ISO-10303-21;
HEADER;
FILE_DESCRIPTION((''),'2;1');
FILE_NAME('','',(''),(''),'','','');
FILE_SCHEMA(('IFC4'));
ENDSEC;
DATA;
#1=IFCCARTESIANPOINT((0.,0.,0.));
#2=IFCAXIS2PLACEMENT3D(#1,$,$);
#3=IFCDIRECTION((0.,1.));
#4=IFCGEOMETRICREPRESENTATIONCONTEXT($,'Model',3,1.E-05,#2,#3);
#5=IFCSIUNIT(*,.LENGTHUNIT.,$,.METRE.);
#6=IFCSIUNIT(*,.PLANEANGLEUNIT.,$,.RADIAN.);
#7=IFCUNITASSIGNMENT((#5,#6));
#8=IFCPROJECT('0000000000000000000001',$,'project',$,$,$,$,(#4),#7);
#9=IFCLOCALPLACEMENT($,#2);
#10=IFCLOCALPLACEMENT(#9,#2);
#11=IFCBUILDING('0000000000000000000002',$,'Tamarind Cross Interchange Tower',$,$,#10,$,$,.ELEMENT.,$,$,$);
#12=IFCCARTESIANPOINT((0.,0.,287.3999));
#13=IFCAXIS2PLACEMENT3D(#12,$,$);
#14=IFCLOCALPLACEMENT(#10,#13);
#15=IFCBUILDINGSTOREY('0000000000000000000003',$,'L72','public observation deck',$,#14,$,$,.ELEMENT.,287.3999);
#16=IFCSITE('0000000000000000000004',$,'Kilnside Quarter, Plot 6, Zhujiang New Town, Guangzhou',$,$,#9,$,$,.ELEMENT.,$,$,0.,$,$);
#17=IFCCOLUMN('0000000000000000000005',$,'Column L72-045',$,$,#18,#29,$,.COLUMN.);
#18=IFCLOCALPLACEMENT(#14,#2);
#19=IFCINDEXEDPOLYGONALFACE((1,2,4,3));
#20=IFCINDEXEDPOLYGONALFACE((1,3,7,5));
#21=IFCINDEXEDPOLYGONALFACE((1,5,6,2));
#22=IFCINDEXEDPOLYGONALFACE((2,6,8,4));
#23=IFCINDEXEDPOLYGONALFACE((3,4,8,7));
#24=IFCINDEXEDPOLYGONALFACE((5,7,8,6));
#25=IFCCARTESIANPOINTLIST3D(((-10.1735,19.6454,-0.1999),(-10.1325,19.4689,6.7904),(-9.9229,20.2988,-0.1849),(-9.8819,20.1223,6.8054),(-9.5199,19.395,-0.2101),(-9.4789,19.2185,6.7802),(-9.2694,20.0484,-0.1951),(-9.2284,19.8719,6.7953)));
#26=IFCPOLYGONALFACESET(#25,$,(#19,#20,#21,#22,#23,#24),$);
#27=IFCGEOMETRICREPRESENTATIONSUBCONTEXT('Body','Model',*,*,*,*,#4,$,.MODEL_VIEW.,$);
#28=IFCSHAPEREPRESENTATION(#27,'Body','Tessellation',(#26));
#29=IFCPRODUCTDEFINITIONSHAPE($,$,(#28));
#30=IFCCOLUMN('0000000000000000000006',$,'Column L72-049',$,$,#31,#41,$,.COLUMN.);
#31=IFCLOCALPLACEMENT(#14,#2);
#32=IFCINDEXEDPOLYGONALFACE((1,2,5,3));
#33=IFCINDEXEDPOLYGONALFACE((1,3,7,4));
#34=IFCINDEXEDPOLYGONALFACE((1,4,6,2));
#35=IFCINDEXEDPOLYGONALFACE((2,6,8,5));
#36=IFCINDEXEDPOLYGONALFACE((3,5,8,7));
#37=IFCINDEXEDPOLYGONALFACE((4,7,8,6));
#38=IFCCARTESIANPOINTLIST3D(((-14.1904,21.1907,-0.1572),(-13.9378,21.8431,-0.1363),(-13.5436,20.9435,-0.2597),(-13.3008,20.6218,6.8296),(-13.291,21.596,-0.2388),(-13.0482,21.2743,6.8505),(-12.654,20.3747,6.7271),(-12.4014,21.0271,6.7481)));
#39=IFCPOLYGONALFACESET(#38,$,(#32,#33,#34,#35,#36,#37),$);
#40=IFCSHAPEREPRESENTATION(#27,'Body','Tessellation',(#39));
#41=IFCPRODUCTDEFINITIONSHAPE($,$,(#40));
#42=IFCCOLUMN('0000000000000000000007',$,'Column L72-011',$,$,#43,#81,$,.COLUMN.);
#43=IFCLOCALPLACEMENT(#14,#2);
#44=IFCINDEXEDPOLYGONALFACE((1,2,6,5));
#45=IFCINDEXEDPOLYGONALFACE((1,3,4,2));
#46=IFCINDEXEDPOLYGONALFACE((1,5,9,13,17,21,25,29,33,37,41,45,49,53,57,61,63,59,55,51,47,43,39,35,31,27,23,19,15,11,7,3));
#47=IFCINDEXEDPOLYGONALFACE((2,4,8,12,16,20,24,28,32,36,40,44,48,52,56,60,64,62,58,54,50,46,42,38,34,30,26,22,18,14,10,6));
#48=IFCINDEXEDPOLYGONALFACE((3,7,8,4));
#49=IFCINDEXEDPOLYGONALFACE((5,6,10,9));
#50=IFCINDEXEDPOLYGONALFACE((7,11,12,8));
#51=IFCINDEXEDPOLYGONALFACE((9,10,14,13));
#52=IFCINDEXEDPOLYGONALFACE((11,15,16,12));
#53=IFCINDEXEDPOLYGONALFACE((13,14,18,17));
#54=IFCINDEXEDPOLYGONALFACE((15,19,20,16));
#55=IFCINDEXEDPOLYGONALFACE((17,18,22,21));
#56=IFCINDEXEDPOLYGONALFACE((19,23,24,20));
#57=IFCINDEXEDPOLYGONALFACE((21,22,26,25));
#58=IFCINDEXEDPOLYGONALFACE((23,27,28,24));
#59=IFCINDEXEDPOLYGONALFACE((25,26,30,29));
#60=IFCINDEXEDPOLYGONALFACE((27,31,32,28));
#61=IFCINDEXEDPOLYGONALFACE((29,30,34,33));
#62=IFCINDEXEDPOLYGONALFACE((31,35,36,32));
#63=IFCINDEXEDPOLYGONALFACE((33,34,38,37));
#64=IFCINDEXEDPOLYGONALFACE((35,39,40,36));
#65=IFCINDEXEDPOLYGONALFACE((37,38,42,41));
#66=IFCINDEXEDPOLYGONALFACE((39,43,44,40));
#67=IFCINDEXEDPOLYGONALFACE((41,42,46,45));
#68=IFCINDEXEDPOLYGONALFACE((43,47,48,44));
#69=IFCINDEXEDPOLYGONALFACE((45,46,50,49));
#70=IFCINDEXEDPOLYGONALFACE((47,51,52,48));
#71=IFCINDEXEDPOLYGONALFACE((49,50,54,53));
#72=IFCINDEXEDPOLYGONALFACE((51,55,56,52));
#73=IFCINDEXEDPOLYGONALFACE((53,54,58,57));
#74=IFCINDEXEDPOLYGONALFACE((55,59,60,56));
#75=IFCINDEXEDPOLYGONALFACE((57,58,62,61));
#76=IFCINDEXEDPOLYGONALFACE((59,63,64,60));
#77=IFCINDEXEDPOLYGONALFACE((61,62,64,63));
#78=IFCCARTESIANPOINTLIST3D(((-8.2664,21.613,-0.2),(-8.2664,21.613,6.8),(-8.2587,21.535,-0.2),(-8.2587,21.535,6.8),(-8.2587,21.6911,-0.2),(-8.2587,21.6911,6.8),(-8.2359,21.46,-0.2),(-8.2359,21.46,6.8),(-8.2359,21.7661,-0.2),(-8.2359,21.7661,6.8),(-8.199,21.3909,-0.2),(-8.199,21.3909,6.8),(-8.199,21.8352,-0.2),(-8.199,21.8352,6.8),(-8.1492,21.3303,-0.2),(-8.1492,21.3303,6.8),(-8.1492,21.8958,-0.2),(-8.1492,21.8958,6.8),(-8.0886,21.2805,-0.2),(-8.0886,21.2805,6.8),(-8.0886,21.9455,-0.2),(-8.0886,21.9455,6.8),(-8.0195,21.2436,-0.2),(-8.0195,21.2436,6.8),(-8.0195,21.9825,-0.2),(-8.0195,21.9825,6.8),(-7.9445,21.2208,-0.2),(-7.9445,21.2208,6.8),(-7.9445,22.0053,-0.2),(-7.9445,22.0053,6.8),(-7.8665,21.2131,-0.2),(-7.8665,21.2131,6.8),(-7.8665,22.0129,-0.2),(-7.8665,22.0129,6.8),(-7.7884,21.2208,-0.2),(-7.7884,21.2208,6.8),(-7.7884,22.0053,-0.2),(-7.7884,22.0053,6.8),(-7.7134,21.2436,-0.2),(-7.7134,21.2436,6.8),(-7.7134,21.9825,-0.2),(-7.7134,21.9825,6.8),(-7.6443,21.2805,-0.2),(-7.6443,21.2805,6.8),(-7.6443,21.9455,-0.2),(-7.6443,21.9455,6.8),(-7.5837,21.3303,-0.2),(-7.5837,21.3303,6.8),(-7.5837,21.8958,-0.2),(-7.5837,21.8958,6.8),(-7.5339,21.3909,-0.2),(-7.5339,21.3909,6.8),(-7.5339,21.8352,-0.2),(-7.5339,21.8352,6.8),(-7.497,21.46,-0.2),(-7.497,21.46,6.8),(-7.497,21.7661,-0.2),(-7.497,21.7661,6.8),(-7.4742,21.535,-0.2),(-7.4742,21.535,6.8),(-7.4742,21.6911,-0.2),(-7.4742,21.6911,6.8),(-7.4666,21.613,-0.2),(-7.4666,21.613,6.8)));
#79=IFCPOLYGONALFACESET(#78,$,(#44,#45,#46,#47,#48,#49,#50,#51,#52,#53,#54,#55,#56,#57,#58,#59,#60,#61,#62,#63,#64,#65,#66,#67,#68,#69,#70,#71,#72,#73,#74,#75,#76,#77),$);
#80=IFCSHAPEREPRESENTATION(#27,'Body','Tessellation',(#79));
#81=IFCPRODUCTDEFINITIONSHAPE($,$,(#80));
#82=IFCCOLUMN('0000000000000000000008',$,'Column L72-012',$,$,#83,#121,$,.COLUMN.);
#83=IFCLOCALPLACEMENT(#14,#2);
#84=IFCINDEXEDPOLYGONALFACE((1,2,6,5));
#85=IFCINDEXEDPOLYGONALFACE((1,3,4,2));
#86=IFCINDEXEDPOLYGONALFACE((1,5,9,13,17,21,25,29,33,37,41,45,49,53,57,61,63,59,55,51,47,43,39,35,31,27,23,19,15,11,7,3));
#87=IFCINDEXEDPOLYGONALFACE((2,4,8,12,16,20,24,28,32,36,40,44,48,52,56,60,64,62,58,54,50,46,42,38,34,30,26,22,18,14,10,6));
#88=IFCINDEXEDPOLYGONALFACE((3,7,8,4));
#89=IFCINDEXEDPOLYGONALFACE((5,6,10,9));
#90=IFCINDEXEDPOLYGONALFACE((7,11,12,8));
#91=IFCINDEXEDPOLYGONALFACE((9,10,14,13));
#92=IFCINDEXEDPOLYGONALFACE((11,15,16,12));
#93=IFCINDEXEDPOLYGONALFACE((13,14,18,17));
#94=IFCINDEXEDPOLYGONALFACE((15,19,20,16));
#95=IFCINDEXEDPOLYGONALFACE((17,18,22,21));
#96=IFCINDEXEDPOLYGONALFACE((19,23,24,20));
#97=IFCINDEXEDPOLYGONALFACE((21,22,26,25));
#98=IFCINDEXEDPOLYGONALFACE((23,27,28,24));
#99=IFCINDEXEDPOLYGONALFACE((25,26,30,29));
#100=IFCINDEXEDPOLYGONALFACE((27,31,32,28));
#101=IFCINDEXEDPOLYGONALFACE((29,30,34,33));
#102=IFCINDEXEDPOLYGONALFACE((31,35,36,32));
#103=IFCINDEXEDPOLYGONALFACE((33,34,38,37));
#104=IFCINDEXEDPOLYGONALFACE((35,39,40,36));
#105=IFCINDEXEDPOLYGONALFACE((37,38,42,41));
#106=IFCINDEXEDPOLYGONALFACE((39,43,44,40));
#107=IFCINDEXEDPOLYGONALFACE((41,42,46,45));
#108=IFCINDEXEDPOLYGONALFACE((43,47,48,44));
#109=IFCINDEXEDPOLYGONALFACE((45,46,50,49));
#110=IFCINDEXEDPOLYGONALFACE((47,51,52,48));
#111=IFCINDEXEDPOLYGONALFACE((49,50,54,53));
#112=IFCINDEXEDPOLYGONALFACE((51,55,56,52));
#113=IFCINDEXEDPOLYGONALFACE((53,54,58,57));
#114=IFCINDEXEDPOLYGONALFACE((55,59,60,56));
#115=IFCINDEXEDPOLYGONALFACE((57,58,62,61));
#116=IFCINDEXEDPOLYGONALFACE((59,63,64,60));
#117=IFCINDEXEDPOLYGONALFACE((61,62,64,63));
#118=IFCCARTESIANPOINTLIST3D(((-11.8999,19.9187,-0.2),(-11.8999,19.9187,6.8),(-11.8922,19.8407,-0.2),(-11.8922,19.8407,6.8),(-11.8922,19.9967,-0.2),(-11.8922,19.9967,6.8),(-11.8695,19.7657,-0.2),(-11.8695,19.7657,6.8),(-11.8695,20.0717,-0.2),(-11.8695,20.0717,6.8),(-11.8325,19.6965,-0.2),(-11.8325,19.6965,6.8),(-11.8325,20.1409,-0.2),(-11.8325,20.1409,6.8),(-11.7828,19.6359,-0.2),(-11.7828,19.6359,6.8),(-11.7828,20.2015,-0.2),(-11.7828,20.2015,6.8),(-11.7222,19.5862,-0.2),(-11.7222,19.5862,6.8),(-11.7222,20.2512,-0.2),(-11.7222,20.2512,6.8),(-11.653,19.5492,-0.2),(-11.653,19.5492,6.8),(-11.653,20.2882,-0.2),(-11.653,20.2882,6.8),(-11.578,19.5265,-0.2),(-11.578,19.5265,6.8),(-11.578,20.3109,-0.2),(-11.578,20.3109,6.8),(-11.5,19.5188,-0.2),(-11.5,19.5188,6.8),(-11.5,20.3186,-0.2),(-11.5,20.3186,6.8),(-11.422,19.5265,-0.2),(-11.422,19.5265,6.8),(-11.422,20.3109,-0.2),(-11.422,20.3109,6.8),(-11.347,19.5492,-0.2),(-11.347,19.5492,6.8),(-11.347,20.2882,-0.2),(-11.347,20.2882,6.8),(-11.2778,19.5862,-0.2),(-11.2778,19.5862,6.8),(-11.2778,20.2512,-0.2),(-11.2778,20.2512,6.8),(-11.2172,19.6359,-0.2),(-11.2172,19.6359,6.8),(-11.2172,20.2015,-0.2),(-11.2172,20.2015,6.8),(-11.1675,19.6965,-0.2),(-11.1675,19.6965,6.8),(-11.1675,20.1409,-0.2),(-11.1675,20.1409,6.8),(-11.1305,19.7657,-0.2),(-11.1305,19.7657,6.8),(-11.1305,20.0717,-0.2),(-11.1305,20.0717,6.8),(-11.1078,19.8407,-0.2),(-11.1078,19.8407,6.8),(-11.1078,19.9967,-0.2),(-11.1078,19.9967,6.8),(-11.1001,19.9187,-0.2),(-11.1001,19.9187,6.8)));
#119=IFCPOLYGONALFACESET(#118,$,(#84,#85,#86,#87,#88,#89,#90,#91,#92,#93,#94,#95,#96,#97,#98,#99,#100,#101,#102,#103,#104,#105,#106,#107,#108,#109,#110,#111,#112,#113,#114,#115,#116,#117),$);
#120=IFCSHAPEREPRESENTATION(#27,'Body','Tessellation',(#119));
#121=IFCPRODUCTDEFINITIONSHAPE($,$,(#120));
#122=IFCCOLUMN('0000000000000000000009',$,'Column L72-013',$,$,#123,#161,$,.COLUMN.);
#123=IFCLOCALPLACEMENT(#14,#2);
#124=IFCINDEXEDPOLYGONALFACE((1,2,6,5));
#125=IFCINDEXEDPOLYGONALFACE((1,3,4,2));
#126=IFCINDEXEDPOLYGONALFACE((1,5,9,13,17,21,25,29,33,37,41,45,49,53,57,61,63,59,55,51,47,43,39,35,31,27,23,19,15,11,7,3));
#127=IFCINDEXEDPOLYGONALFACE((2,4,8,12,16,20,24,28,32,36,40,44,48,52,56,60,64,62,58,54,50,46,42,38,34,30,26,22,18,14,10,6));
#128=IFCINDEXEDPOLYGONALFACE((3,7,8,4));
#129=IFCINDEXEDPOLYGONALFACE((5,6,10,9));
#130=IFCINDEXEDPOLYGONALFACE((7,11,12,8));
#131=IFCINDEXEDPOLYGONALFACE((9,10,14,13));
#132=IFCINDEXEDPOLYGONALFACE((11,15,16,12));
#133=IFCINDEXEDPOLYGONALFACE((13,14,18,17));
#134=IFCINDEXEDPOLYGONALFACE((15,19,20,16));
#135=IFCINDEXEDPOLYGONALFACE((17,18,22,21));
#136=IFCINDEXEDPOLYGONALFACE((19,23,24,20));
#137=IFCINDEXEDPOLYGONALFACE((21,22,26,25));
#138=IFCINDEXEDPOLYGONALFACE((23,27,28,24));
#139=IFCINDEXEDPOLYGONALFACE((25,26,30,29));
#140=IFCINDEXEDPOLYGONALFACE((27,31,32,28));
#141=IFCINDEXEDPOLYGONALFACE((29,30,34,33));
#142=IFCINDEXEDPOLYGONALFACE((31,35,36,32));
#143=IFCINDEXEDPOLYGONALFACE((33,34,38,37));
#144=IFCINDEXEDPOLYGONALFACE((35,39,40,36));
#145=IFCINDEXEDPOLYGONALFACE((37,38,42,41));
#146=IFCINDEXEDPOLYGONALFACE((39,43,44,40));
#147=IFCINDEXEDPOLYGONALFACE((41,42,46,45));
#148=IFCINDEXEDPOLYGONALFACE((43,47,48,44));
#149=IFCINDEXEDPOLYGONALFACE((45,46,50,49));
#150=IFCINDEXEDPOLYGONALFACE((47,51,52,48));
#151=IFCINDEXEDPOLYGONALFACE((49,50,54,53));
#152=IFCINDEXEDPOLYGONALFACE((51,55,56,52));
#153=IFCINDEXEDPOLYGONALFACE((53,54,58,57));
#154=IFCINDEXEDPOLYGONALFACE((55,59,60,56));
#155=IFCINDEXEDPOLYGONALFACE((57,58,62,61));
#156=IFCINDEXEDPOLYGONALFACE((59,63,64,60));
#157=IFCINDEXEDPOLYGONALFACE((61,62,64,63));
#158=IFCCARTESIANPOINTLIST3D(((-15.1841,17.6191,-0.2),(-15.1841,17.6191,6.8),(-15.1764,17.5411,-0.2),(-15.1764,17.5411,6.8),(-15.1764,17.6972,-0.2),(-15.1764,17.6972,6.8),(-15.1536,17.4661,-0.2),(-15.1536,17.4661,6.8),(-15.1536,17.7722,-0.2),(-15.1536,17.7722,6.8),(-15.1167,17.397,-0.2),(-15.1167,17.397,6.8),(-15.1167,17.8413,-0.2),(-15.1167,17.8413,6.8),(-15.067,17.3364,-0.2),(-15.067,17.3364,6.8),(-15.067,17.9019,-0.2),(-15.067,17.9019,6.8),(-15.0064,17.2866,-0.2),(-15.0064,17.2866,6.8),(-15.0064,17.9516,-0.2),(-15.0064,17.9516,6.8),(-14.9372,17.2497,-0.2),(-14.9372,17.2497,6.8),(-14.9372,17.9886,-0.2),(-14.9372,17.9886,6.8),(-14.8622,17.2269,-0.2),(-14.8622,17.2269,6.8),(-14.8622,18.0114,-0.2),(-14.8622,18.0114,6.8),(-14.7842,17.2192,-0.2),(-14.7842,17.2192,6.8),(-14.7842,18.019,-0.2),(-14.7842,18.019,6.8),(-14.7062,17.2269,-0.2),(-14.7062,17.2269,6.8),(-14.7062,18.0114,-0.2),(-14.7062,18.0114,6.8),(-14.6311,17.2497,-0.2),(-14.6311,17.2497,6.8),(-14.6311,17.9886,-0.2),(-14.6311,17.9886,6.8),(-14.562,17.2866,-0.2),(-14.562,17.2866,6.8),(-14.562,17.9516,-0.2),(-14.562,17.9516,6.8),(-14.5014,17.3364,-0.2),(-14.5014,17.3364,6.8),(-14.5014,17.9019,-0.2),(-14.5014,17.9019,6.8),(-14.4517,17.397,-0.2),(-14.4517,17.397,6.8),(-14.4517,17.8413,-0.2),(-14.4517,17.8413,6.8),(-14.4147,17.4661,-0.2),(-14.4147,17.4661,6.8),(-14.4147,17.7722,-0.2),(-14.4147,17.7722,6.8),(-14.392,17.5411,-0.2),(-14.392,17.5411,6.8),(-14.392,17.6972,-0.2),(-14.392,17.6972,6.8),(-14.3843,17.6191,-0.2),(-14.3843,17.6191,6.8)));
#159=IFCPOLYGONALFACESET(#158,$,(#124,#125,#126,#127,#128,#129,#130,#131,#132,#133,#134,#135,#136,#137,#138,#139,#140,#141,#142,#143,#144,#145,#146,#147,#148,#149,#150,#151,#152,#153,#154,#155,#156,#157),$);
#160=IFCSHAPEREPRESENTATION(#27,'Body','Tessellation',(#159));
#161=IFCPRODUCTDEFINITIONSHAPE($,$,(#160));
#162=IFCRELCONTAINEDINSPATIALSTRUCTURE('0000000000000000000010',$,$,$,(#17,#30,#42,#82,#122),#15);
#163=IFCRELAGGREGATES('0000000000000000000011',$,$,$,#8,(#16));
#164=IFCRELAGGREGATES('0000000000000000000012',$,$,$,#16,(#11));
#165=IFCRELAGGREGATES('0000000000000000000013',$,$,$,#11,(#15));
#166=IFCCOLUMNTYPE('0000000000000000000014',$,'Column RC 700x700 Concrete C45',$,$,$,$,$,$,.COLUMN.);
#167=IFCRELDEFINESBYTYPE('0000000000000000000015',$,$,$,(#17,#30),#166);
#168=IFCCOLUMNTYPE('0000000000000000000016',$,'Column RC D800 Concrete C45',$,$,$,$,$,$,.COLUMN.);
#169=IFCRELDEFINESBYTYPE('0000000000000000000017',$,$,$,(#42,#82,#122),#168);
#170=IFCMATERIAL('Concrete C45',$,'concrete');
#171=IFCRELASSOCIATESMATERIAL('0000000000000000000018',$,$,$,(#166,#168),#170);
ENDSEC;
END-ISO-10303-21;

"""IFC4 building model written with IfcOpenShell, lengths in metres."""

from ifc_helpers import new_model, si_unit, direction, frame, origin, origin_2d, place, context, subcontext, project, spatial, rectangle, circle, extrude, material, material_profile, profile_set, type_object, element, save


model = new_model("IFC4")

# Units and contexts
model_context = context("Model", 3, precision=1e-05, world=origin(), true_north=direction((0.0, 1.0)))
body_context = subcontext(model_context, "Body", "Model", "MODEL_VIEW")
ifc_project = project(units=[si_unit("LENGTHUNIT", "METRE"), si_unit("PLANEANGLEUNIT", "RADIAN")], contexts=[model_context])

# Site, building, storey
site_placement = place(None, origin())
site = spatial("IfcSite", under=ifc_project, at=site_placement, Name="Kilnside Quarter, Plot 6, Zhujiang New Town, Guangzhou", CompositionType="ELEMENT", RefElevation=0.0)
building_placement = place(site_placement, origin())
building = spatial("IfcBuilding", under=site, at=building_placement, Name="Tamarind Cross Interchange Tower", CompositionType="ELEMENT")
storey_placement = place(building_placement, frame((0.0, 0.0, 287.3999)))
storey = spatial("IfcBuildingStorey", under=building, at=storey_placement, Name="L72", Description="public observation deck", CompositionType="ELEMENT", Elevation=287.3999)

# Columns
ifc_material_1 = material(Name="Concrete C45", Category="concrete")
ifc_material_profile_1 = material_profile(ifc_material_1, rectangle(XDim=0.7, YDim=0.7, at=origin_2d()), Name="RC 700x700")
ifc_profile_set_1 = profile_set([ifc_material_profile_1], Name="Concrete C45")
column_type_1 = type_object("IfcColumnType", Name="Column RC 700x700 Concrete C45", PredefinedType="COLUMN", material=ifc_profile_set_1)
column_1_placement = place(storey_placement, frame((-9.7214, 19.8469, -0.1975), z_axis=(0.005866, -0.025243, 0.999664), x_axis=(0.357966, 0.933488, 0.021472)))
element("IfcColumn", 1, at=column_1_placement, inside=storey, type_object=column_type_1, Name="Column L72-045", PredefinedType="COLUMN", context=body_context, shape_type="SweptSolid", body=[
    extrude(rectangle(XDim=0.7, YDim=0.7, at=origin_2d()), origin(), (0.0, 0.0, 1.0), 6.9927),
])
column_2_placement = place(storey_placement, frame((-13.7407, 21.3933, -0.198), z_axis=(0.125903, -0.080503, 0.988771), x_axis=(0.360912, 0.932119, 0.029935)))
element("IfcColumn", 2, at=column_2_placement, inside=storey, type_object=column_type_1, Name="Column L72-049", PredefinedType="COLUMN", context=body_context, shape_type="SweptSolid", body=[
    extrude(rectangle(XDim=0.7, YDim=0.7, at=origin_2d()), origin(), (0.0, 0.0, 1.0), 7.0662),
])
ifc_material_profile_2 = material_profile(ifc_material_1, circle(Radius=0.3999, at=origin_2d()), Name="RC D800")
ifc_profile_set_2 = profile_set([ifc_material_profile_2], Name="Concrete C45")
column_type_2 = type_object("IfcColumnType", Name="Column RC D800 Concrete C45", PredefinedType="COLUMN", material=ifc_profile_set_2)
for number, where, z_axis, x_axis, name in (
    (3, (-7.8665, 21.613, -0.2), (0.0, 0.0, 1.0), (1.0, 0.0, 0.0), "Column L72-011"),
    (4, (-11.5, 19.9187, -0.2), (0.0, 0.0, 1.0), (1.0, 0.0, 0.0), "Column L72-012"),
    (5, (-14.7842, 17.6191, -0.2), (0.0, 0.0, 1.0), (1.0, 0.0, 0.0), "Column L72-013"),
):
    element("IfcColumn", number, at=place(storey_placement, frame(where, z_axis=z_axis, x_axis=x_axis)), inside=storey, type_object=column_type_2, Name=name, PredefinedType="COLUMN", context=body_context, shape_type="SweptSolid", body=[
        extrude(circle(Radius=0.3999, at=origin_2d()), origin(), (0.0, 0.0, 1.0), 7.0),
    ])

save(model, "model.ifc")
